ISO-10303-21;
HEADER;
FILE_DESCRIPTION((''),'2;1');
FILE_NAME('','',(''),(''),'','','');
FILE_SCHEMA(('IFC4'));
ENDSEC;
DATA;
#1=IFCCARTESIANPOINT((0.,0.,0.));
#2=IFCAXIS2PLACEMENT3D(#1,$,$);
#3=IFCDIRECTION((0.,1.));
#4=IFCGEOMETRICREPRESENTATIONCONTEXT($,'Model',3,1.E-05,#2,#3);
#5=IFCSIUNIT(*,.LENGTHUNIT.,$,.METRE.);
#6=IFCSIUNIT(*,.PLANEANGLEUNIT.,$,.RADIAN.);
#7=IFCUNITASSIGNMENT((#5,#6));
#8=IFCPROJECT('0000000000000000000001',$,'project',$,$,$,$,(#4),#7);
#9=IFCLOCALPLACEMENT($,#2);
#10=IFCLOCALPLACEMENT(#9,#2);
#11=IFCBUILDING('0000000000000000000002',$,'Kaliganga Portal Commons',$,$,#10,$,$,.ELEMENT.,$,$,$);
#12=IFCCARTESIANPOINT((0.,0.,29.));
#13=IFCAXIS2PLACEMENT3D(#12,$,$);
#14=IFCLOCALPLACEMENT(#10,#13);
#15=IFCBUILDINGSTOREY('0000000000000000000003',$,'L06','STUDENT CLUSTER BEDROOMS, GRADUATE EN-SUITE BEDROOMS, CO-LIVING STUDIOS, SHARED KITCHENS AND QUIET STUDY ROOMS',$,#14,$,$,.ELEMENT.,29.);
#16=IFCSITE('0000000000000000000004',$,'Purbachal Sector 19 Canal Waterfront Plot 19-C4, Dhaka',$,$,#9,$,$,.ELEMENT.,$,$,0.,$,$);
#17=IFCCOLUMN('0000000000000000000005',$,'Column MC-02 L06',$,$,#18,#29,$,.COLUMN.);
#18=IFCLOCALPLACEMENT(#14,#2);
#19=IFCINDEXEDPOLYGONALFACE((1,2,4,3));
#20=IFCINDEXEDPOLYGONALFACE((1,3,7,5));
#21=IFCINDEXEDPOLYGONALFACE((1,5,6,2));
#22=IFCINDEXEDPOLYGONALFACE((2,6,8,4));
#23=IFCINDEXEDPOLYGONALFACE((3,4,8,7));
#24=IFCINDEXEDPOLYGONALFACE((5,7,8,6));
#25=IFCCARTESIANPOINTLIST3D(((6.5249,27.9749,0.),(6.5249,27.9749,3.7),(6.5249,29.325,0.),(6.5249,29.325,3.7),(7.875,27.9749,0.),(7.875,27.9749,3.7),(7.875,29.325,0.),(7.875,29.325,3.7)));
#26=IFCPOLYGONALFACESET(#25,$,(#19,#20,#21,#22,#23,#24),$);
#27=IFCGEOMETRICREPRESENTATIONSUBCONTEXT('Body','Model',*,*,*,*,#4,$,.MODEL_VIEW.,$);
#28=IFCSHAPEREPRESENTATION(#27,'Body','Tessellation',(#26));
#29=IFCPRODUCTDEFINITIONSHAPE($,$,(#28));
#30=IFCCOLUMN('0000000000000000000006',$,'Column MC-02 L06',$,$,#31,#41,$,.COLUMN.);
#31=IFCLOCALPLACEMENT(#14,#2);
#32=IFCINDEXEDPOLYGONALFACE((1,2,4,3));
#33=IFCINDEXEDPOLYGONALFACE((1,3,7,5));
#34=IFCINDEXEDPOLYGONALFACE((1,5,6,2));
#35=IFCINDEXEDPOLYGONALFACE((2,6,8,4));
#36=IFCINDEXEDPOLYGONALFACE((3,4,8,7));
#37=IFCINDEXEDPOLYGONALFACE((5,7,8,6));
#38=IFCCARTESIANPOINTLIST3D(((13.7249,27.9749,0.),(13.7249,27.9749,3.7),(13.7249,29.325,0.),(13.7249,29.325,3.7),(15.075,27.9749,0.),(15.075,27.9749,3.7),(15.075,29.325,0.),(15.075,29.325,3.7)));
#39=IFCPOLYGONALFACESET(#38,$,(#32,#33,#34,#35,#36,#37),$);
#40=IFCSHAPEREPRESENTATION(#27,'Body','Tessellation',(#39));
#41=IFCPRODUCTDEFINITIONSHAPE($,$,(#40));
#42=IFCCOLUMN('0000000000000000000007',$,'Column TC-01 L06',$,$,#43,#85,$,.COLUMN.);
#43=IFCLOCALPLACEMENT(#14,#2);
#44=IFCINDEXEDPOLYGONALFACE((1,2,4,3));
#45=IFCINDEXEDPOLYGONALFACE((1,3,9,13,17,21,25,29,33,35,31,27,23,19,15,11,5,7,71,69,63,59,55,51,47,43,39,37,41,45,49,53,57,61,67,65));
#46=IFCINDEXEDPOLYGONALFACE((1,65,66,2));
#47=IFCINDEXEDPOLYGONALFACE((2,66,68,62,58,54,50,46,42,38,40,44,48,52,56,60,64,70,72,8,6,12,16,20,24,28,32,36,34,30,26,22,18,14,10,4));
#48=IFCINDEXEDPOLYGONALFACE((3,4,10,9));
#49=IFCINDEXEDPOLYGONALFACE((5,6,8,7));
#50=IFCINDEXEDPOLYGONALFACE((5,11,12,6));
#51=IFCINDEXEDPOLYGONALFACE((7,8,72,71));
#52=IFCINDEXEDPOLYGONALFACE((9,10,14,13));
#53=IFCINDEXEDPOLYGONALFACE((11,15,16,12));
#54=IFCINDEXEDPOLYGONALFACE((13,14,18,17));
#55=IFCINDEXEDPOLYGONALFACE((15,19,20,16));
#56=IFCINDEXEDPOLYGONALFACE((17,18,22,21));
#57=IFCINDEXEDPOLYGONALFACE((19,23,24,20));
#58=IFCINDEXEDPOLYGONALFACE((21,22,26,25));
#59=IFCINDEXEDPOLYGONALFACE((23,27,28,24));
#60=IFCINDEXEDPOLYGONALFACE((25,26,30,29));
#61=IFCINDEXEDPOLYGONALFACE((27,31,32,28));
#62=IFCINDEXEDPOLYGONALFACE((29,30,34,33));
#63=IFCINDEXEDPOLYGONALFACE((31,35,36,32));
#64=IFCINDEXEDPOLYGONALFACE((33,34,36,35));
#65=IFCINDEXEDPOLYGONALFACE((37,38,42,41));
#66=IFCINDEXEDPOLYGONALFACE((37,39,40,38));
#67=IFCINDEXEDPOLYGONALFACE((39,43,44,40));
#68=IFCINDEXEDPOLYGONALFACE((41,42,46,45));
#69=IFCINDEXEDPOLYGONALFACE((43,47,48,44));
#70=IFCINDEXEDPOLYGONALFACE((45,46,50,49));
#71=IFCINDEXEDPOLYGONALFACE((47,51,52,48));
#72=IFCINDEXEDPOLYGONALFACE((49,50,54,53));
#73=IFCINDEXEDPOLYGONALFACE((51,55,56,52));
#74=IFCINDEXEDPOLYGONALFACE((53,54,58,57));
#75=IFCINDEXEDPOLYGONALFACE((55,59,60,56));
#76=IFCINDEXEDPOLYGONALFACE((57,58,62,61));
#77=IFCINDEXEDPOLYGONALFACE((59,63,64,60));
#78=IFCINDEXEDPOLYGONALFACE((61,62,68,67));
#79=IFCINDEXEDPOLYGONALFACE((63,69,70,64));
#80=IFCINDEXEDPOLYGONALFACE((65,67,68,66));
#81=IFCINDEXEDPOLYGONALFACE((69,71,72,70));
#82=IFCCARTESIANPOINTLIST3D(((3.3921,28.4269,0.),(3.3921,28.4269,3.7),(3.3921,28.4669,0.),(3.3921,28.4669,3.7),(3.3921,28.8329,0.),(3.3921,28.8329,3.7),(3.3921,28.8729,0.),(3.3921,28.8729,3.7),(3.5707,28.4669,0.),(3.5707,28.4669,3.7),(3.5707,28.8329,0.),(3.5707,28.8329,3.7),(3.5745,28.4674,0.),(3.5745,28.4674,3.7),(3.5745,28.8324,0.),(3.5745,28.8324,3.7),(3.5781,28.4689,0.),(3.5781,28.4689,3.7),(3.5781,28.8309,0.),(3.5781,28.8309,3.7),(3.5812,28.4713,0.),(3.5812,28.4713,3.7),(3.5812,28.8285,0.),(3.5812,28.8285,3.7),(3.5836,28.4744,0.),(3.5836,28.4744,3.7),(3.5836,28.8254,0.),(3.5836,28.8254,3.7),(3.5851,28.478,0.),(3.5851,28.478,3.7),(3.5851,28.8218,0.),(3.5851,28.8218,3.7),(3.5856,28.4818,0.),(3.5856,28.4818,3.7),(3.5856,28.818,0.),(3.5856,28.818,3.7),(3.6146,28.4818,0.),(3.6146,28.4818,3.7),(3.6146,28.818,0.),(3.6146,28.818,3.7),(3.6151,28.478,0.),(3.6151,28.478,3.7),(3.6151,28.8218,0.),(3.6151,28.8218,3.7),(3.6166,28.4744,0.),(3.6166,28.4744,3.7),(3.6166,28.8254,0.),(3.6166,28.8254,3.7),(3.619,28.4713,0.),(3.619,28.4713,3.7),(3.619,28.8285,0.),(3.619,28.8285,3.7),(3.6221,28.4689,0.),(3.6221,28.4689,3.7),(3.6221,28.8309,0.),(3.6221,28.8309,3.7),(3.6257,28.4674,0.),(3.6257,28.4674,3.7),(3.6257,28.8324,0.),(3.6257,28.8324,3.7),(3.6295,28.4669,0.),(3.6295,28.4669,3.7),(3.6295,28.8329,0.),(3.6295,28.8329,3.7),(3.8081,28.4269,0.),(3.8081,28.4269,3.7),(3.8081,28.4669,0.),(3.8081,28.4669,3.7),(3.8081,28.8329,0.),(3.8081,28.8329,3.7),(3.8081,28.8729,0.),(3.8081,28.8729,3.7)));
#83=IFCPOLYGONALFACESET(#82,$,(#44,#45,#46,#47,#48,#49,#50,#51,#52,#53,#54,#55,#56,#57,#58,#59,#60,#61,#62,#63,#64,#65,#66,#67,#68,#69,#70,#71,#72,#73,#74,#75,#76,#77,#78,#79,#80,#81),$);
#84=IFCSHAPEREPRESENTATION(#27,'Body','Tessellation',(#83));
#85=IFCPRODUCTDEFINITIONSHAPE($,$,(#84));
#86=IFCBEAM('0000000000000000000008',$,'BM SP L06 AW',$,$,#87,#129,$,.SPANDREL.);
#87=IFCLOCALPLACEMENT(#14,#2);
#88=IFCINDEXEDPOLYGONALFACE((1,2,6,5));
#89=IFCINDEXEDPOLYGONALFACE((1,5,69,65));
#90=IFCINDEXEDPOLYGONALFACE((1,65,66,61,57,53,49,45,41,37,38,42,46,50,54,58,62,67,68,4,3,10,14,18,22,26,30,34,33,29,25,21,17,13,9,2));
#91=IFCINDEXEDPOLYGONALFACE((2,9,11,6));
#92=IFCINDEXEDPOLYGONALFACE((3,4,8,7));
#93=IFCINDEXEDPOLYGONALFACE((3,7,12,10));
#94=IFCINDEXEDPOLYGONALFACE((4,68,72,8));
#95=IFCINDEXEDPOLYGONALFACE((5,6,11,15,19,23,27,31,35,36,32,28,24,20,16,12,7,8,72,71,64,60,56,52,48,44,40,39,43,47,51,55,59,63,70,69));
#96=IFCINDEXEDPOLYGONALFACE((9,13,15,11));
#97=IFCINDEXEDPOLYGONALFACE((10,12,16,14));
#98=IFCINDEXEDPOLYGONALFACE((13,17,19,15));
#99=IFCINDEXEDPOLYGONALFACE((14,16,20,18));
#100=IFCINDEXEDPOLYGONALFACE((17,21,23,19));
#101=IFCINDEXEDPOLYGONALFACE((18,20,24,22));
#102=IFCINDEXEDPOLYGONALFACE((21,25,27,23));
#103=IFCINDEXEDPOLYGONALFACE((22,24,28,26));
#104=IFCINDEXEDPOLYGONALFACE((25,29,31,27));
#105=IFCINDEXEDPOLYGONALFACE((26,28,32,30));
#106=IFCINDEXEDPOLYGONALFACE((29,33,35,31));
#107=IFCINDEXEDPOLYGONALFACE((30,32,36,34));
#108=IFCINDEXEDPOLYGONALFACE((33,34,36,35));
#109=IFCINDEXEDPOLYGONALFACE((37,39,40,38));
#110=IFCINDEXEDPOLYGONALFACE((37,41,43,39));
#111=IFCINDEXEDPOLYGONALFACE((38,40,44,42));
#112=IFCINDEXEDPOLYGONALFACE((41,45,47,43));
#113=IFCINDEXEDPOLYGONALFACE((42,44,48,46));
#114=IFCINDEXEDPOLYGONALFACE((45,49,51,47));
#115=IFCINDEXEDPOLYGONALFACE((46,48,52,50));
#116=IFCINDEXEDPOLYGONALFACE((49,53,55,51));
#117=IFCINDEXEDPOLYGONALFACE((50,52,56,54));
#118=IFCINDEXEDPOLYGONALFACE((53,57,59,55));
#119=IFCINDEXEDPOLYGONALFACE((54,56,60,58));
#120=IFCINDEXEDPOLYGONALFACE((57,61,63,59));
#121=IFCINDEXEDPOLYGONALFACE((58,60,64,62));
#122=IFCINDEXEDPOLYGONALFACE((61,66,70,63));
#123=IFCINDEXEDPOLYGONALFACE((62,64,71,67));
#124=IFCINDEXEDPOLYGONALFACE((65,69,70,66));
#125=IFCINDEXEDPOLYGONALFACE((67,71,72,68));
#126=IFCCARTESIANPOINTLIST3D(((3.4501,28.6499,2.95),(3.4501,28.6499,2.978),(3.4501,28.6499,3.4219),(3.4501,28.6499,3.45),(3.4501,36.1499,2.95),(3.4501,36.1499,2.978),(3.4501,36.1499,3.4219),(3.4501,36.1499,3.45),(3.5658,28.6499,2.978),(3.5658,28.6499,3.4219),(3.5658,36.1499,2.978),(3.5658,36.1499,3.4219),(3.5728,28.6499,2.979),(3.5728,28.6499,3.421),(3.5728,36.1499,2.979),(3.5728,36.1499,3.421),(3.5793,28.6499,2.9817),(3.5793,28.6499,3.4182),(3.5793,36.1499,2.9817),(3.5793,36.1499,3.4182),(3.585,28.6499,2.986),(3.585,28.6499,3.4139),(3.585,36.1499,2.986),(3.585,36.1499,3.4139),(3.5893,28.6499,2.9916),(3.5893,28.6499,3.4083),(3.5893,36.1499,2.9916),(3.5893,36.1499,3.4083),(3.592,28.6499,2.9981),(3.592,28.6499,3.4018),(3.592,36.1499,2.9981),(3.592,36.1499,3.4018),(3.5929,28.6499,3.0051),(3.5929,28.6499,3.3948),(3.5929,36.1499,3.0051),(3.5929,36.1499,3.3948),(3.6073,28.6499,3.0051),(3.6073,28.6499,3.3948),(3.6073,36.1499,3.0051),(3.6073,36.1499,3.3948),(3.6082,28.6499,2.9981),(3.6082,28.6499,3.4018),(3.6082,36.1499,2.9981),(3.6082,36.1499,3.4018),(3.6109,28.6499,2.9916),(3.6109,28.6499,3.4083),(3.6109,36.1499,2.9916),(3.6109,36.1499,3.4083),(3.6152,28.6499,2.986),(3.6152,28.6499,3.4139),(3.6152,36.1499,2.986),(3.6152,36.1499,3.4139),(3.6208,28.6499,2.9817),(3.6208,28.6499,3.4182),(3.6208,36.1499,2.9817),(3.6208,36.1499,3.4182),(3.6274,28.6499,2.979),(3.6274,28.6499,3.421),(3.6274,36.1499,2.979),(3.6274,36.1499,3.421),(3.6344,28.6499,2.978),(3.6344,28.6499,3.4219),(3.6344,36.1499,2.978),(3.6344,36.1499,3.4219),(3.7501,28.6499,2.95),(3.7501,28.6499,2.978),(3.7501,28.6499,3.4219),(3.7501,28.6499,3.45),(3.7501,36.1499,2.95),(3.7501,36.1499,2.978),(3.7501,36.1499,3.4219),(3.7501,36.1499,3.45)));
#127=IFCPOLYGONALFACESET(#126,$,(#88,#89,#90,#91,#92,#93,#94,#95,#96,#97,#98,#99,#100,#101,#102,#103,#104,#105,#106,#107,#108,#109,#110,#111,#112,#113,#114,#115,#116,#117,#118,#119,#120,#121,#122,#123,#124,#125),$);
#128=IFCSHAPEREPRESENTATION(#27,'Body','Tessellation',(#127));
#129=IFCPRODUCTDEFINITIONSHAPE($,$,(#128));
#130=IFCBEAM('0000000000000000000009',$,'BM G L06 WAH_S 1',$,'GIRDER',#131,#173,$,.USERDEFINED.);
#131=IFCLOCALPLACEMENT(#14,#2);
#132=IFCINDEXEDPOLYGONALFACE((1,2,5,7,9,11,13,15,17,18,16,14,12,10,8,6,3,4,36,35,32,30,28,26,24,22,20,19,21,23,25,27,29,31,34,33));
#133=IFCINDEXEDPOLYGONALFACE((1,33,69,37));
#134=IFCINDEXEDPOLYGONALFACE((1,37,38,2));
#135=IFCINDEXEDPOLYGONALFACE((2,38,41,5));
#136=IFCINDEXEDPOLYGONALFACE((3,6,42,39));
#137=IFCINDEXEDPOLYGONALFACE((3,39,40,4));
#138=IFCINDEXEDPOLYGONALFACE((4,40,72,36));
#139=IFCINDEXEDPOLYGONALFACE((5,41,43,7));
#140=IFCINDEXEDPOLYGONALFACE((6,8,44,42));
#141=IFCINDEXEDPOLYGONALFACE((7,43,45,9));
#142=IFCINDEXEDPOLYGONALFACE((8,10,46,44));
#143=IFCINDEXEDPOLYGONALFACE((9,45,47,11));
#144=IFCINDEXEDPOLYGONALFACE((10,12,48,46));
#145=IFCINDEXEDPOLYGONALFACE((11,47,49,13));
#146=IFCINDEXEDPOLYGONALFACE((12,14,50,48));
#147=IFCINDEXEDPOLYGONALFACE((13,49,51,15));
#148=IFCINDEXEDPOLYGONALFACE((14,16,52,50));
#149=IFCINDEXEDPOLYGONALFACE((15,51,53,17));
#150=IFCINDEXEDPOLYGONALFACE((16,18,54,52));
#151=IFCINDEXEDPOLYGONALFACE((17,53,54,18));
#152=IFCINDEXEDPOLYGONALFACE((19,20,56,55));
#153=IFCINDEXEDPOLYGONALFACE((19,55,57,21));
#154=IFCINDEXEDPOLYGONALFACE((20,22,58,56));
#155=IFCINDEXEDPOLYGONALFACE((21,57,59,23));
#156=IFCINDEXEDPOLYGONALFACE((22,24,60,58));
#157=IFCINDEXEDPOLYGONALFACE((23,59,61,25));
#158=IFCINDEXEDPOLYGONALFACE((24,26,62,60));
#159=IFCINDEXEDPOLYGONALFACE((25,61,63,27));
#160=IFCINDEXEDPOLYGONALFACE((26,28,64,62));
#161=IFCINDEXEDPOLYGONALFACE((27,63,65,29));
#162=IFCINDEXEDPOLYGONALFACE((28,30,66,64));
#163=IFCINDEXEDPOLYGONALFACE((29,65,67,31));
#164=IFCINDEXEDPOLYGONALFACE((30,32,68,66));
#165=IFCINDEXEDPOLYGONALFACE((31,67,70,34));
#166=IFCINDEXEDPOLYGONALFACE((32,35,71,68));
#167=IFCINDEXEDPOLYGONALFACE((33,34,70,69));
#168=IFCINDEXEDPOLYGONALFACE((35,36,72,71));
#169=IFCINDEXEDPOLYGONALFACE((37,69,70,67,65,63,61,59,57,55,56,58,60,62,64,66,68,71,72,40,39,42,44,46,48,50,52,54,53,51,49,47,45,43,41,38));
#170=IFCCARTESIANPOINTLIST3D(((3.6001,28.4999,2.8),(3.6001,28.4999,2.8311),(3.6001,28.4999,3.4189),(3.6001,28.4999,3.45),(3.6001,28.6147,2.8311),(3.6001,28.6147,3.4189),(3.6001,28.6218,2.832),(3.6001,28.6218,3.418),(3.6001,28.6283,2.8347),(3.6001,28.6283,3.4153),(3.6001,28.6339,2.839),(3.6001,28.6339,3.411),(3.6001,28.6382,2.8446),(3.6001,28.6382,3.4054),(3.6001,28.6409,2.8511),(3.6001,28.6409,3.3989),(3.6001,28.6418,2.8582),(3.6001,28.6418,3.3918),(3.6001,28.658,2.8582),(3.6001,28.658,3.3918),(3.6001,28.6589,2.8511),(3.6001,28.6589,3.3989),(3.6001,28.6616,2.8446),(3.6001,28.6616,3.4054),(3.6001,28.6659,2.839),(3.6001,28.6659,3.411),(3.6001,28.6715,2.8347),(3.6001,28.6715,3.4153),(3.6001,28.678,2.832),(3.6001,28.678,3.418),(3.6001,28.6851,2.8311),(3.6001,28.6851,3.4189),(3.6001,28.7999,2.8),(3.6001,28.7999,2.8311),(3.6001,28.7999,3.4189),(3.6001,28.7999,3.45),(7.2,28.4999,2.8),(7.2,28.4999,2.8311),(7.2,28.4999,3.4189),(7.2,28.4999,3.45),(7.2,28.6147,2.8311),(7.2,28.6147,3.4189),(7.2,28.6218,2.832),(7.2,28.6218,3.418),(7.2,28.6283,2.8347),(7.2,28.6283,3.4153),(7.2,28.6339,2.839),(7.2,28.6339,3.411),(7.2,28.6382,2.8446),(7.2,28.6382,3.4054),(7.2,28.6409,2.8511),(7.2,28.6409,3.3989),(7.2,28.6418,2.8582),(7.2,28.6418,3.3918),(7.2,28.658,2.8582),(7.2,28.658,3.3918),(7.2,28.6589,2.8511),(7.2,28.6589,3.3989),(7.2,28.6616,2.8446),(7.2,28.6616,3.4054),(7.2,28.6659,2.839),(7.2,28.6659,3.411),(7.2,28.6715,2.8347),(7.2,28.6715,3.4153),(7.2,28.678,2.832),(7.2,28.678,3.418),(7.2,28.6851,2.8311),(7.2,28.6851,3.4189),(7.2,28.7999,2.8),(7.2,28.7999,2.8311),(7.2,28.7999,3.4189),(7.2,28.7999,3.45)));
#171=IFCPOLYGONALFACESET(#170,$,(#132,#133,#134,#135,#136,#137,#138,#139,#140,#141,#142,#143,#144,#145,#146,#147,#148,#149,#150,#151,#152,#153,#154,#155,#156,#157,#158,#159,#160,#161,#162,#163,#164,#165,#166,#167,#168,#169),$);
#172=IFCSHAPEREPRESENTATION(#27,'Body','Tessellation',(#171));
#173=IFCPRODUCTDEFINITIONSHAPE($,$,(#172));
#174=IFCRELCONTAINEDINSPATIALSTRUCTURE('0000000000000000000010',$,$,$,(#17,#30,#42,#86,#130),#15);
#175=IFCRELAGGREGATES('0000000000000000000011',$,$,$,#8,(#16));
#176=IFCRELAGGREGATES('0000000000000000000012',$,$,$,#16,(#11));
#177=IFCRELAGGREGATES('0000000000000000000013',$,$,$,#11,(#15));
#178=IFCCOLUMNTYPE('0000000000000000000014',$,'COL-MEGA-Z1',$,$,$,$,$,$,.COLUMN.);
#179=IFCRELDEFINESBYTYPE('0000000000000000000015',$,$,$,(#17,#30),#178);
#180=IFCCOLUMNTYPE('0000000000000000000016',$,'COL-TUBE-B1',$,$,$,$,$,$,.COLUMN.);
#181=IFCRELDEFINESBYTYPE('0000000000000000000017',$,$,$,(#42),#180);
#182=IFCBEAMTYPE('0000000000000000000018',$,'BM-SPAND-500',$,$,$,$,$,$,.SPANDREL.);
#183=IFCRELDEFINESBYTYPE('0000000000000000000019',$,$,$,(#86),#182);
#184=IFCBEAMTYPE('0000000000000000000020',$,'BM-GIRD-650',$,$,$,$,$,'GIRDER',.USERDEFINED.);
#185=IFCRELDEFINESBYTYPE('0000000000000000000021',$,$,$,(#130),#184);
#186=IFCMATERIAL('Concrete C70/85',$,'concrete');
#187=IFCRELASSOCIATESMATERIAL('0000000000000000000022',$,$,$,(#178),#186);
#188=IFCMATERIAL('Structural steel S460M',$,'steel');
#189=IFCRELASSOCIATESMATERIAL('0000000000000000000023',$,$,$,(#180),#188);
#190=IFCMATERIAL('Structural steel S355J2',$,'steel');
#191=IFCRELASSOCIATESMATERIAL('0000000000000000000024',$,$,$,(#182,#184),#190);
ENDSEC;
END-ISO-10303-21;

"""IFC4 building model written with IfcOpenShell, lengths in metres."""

from ifc_helpers import new_model, si_unit, direction, frame, origin, origin_2d, place, context, subcontext, project, spatial, rectangle, i_section, extrude, source, transform, mapped, material, material_profile, profile_set, type_object, element, save


model = new_model("IFC4")

# Units and contexts
model_context = context("Model", 3, precision=1e-05, world=origin(), true_north=direction((0.0, 1.0)))
body_context = subcontext(model_context, "Body", "Model", "MODEL_VIEW")
ifc_project = project(units=[si_unit("LENGTHUNIT", "METRE"), si_unit("PLANEANGLEUNIT", "RADIAN")], contexts=[model_context])

# Site, building, storey
site_placement = place(None, origin())
site = spatial("IfcSite", under=ifc_project, at=site_placement, Name="Purbachal Sector 19 Canal Waterfront Plot 19-C4, Dhaka", CompositionType="ELEMENT", RefElevation=0.0)
building_placement = place(site_placement, origin())
building = spatial("IfcBuilding", under=site, at=building_placement, Name="Kaliganga Portal Commons", CompositionType="ELEMENT")
storey_placement = place(building_placement, frame((0.0, 0.0, 29.0)))
storey = spatial("IfcBuildingStorey", under=building, at=storey_placement, Name="L06", Description="STUDENT CLUSTER BEDROOMS, GRADUATE EN-SUITE BEDROOMS, CO-LIVING STUDIOS, SHARED KITCHENS AND QUIET STUDY ROOMS", CompositionType="ELEMENT", Elevation=29.0)

# Columns
ifc_material_1 = material(Name="Concrete C70/85", Category="concrete")
ifc_material_profile_1 = material_profile(ifc_material_1, rectangle(XDim=1.3501, YDim=1.3501, at=origin_2d()), Name="RC 1350x1350")
ifc_profile_set_1 = profile_set([ifc_material_profile_1], Name="Concrete C70/85")
column_type_1 = type_object("IfcColumnType", Name="COL-MEGA-Z1", PredefinedType="COLUMN", material=ifc_profile_set_1)
shared_shape_1 = source(origin(), body_context, "Body", "SweptSolid", [
    extrude(rectangle(XDim=1.3501, YDim=1.3501, at=origin_2d()), origin(), (0.0, 0.0, 1.0), 3.7),
])
for number, where, z_axis, x_axis, name in (
    (1, (7.2, 28.6499, 0.0), (0.0, 0.0, 1.0), (1.0, 0.0, 0.0), "Column MC-02 L06"),
    (2, (14.3999, 28.6499, 0.0), (0.0, 0.0, 1.0), (1.0, 0.0, 0.0), "Column MC-02 L06"),
):
    element("IfcColumn", number, at=place(storey_placement, frame(where, z_axis=z_axis, x_axis=x_axis)), inside=storey, type_object=column_type_1, Name=name, PredefinedType="COLUMN", context=body_context, shape_type="MappedRepresentation", body=[
        mapped(shared_shape_1, transform((0.0, 0.0, 0.0), x_axis=(1.0, 0.0, 0.0), y_axis=(0.0, 1.0, 0.0), z_axis=(0.0, 0.0, 1.0), scale=1.0)),
    ])
ifc_material_2 = material(Name="Structural steel S460M", Category="steel")
ifc_material_profile_2 = material_profile(ifc_material_2, i_section(OverallWidth=0.416, OverallDepth=0.446, WebThickness=0.0291, FlangeThickness=0.04, FilletRadius=0.0149, at=origin_2d()), Name="HD 400x509")
ifc_profile_set_2 = profile_set([ifc_material_profile_2], Name="Structural steel S460M wide-flange")
column_type_2 = type_object("IfcColumnType", Name="COL-TUBE-B1", PredefinedType="COLUMN", material=ifc_profile_set_2)
shared_shape_2 = source(origin(), body_context, "Body", "SweptSolid", [
    extrude(i_section(OverallWidth=0.416, OverallDepth=0.446, WebThickness=0.0291, FlangeThickness=0.04, FilletRadius=0.0149, at=origin_2d()), origin(), (0.0, 0.0, 1.0), 3.7),
])
column_placement = place(storey_placement, frame((3.6001, 28.6499, 0.0), z_axis=(0.0, 0.0, 1.0), x_axis=(1.0, 0.0, 0.0)))
element("IfcColumn", 3, at=column_placement, inside=storey, type_object=column_type_2, Name="Column TC-01 L06", PredefinedType="COLUMN", context=body_context, shape_type="MappedRepresentation", body=[
    mapped(shared_shape_2, transform((0.0, 0.0, 0.0), x_axis=(1.0, 0.0, 0.0), y_axis=(0.0, 1.0, 0.0), z_axis=(0.0, 0.0, 1.0), scale=1.0)),
])

# Beams
ifc_material_3 = material(Name="Structural steel S355J2", Category="steel")
ifc_material_profile_3 = material_profile(ifc_material_3, i_section(OverallWidth=0.3, OverallDepth=0.5, WebThickness=0.0144, FlangeThickness=0.0281, FilletRadius=0.0271, at=origin_2d()), Name="HE 500 B")
ifc_profile_set_3 = profile_set([ifc_material_profile_3], Name="Structural steel S355J2 wide-flange")
beam_type_1 = type_object("IfcBeamType", Name="BM-SPAND-500", PredefinedType="SPANDREL", material=ifc_profile_set_3)
shared_shape_3 = source(origin(), body_context, "Body", "SweptSolid", [
    extrude(i_section(OverallWidth=0.3, OverallDepth=0.5, WebThickness=0.0144, FlangeThickness=0.0281, FilletRadius=0.0271, at=origin_2d()), origin(), (0.0, 0.0, 1.0), 7.5),
])
beam_1_placement = place(storey_placement, frame((3.6001, 28.6499, 3.2), z_axis=(0.0, 1.0, 0.0), x_axis=(-1.0, 0.0, 0.0)))
element("IfcBeam", 4, at=beam_1_placement, inside=storey, type_object=beam_type_1, Name="BM SP L06 AW", PredefinedType="SPANDREL", context=body_context, shape_type="MappedRepresentation", body=[
    mapped(shared_shape_3, transform((0.0, 0.0, 0.0), x_axis=(1.0, 0.0, 0.0), y_axis=(0.0, 1.0, 0.0), z_axis=(0.0, 0.0, 1.0), scale=1.0)),
])
ifc_material_profile_4 = material_profile(ifc_material_3, i_section(OverallWidth=0.3, OverallDepth=0.6499, WebThickness=0.0161, FlangeThickness=0.031, FilletRadius=0.0271, at=origin_2d()), Name="HE 650 B")
ifc_profile_set_4 = profile_set([ifc_material_profile_4], Name="Structural steel S355J2 wide-flange")
beam_type_2 = type_object("IfcBeamType", Name="BM-GIRD-650", ElementType="GIRDER", PredefinedType="USERDEFINED", material=ifc_profile_set_4)
shared_shape_4 = source(origin(), body_context, "Body", "SweptSolid", [
    extrude(i_section(OverallWidth=0.3, OverallDepth=0.6499, WebThickness=0.0161, FlangeThickness=0.031, FilletRadius=0.0271, at=origin_2d()), origin(), (0.0, 0.0, 1.0), 3.5999),
])
beam_2_placement = place(storey_placement, frame((3.6001, 28.6499, 3.125), z_axis=(1.0, 0.0, 0.0), x_axis=(0.0, 1.0, 0.0)))
element("IfcBeam", 5, at=beam_2_placement, inside=storey, type_object=beam_type_2, Name="BM G L06 WAH_S 1", ObjectType="GIRDER", PredefinedType="USERDEFINED", context=body_context, shape_type="MappedRepresentation", body=[
    mapped(shared_shape_4, transform((0.0, 0.0, 0.0), x_axis=(1.0, 0.0, 0.0), y_axis=(0.0, 1.0, 0.0), z_axis=(0.0, 0.0, 1.0), scale=1.0)),
])

save(model, "model.ifc")
